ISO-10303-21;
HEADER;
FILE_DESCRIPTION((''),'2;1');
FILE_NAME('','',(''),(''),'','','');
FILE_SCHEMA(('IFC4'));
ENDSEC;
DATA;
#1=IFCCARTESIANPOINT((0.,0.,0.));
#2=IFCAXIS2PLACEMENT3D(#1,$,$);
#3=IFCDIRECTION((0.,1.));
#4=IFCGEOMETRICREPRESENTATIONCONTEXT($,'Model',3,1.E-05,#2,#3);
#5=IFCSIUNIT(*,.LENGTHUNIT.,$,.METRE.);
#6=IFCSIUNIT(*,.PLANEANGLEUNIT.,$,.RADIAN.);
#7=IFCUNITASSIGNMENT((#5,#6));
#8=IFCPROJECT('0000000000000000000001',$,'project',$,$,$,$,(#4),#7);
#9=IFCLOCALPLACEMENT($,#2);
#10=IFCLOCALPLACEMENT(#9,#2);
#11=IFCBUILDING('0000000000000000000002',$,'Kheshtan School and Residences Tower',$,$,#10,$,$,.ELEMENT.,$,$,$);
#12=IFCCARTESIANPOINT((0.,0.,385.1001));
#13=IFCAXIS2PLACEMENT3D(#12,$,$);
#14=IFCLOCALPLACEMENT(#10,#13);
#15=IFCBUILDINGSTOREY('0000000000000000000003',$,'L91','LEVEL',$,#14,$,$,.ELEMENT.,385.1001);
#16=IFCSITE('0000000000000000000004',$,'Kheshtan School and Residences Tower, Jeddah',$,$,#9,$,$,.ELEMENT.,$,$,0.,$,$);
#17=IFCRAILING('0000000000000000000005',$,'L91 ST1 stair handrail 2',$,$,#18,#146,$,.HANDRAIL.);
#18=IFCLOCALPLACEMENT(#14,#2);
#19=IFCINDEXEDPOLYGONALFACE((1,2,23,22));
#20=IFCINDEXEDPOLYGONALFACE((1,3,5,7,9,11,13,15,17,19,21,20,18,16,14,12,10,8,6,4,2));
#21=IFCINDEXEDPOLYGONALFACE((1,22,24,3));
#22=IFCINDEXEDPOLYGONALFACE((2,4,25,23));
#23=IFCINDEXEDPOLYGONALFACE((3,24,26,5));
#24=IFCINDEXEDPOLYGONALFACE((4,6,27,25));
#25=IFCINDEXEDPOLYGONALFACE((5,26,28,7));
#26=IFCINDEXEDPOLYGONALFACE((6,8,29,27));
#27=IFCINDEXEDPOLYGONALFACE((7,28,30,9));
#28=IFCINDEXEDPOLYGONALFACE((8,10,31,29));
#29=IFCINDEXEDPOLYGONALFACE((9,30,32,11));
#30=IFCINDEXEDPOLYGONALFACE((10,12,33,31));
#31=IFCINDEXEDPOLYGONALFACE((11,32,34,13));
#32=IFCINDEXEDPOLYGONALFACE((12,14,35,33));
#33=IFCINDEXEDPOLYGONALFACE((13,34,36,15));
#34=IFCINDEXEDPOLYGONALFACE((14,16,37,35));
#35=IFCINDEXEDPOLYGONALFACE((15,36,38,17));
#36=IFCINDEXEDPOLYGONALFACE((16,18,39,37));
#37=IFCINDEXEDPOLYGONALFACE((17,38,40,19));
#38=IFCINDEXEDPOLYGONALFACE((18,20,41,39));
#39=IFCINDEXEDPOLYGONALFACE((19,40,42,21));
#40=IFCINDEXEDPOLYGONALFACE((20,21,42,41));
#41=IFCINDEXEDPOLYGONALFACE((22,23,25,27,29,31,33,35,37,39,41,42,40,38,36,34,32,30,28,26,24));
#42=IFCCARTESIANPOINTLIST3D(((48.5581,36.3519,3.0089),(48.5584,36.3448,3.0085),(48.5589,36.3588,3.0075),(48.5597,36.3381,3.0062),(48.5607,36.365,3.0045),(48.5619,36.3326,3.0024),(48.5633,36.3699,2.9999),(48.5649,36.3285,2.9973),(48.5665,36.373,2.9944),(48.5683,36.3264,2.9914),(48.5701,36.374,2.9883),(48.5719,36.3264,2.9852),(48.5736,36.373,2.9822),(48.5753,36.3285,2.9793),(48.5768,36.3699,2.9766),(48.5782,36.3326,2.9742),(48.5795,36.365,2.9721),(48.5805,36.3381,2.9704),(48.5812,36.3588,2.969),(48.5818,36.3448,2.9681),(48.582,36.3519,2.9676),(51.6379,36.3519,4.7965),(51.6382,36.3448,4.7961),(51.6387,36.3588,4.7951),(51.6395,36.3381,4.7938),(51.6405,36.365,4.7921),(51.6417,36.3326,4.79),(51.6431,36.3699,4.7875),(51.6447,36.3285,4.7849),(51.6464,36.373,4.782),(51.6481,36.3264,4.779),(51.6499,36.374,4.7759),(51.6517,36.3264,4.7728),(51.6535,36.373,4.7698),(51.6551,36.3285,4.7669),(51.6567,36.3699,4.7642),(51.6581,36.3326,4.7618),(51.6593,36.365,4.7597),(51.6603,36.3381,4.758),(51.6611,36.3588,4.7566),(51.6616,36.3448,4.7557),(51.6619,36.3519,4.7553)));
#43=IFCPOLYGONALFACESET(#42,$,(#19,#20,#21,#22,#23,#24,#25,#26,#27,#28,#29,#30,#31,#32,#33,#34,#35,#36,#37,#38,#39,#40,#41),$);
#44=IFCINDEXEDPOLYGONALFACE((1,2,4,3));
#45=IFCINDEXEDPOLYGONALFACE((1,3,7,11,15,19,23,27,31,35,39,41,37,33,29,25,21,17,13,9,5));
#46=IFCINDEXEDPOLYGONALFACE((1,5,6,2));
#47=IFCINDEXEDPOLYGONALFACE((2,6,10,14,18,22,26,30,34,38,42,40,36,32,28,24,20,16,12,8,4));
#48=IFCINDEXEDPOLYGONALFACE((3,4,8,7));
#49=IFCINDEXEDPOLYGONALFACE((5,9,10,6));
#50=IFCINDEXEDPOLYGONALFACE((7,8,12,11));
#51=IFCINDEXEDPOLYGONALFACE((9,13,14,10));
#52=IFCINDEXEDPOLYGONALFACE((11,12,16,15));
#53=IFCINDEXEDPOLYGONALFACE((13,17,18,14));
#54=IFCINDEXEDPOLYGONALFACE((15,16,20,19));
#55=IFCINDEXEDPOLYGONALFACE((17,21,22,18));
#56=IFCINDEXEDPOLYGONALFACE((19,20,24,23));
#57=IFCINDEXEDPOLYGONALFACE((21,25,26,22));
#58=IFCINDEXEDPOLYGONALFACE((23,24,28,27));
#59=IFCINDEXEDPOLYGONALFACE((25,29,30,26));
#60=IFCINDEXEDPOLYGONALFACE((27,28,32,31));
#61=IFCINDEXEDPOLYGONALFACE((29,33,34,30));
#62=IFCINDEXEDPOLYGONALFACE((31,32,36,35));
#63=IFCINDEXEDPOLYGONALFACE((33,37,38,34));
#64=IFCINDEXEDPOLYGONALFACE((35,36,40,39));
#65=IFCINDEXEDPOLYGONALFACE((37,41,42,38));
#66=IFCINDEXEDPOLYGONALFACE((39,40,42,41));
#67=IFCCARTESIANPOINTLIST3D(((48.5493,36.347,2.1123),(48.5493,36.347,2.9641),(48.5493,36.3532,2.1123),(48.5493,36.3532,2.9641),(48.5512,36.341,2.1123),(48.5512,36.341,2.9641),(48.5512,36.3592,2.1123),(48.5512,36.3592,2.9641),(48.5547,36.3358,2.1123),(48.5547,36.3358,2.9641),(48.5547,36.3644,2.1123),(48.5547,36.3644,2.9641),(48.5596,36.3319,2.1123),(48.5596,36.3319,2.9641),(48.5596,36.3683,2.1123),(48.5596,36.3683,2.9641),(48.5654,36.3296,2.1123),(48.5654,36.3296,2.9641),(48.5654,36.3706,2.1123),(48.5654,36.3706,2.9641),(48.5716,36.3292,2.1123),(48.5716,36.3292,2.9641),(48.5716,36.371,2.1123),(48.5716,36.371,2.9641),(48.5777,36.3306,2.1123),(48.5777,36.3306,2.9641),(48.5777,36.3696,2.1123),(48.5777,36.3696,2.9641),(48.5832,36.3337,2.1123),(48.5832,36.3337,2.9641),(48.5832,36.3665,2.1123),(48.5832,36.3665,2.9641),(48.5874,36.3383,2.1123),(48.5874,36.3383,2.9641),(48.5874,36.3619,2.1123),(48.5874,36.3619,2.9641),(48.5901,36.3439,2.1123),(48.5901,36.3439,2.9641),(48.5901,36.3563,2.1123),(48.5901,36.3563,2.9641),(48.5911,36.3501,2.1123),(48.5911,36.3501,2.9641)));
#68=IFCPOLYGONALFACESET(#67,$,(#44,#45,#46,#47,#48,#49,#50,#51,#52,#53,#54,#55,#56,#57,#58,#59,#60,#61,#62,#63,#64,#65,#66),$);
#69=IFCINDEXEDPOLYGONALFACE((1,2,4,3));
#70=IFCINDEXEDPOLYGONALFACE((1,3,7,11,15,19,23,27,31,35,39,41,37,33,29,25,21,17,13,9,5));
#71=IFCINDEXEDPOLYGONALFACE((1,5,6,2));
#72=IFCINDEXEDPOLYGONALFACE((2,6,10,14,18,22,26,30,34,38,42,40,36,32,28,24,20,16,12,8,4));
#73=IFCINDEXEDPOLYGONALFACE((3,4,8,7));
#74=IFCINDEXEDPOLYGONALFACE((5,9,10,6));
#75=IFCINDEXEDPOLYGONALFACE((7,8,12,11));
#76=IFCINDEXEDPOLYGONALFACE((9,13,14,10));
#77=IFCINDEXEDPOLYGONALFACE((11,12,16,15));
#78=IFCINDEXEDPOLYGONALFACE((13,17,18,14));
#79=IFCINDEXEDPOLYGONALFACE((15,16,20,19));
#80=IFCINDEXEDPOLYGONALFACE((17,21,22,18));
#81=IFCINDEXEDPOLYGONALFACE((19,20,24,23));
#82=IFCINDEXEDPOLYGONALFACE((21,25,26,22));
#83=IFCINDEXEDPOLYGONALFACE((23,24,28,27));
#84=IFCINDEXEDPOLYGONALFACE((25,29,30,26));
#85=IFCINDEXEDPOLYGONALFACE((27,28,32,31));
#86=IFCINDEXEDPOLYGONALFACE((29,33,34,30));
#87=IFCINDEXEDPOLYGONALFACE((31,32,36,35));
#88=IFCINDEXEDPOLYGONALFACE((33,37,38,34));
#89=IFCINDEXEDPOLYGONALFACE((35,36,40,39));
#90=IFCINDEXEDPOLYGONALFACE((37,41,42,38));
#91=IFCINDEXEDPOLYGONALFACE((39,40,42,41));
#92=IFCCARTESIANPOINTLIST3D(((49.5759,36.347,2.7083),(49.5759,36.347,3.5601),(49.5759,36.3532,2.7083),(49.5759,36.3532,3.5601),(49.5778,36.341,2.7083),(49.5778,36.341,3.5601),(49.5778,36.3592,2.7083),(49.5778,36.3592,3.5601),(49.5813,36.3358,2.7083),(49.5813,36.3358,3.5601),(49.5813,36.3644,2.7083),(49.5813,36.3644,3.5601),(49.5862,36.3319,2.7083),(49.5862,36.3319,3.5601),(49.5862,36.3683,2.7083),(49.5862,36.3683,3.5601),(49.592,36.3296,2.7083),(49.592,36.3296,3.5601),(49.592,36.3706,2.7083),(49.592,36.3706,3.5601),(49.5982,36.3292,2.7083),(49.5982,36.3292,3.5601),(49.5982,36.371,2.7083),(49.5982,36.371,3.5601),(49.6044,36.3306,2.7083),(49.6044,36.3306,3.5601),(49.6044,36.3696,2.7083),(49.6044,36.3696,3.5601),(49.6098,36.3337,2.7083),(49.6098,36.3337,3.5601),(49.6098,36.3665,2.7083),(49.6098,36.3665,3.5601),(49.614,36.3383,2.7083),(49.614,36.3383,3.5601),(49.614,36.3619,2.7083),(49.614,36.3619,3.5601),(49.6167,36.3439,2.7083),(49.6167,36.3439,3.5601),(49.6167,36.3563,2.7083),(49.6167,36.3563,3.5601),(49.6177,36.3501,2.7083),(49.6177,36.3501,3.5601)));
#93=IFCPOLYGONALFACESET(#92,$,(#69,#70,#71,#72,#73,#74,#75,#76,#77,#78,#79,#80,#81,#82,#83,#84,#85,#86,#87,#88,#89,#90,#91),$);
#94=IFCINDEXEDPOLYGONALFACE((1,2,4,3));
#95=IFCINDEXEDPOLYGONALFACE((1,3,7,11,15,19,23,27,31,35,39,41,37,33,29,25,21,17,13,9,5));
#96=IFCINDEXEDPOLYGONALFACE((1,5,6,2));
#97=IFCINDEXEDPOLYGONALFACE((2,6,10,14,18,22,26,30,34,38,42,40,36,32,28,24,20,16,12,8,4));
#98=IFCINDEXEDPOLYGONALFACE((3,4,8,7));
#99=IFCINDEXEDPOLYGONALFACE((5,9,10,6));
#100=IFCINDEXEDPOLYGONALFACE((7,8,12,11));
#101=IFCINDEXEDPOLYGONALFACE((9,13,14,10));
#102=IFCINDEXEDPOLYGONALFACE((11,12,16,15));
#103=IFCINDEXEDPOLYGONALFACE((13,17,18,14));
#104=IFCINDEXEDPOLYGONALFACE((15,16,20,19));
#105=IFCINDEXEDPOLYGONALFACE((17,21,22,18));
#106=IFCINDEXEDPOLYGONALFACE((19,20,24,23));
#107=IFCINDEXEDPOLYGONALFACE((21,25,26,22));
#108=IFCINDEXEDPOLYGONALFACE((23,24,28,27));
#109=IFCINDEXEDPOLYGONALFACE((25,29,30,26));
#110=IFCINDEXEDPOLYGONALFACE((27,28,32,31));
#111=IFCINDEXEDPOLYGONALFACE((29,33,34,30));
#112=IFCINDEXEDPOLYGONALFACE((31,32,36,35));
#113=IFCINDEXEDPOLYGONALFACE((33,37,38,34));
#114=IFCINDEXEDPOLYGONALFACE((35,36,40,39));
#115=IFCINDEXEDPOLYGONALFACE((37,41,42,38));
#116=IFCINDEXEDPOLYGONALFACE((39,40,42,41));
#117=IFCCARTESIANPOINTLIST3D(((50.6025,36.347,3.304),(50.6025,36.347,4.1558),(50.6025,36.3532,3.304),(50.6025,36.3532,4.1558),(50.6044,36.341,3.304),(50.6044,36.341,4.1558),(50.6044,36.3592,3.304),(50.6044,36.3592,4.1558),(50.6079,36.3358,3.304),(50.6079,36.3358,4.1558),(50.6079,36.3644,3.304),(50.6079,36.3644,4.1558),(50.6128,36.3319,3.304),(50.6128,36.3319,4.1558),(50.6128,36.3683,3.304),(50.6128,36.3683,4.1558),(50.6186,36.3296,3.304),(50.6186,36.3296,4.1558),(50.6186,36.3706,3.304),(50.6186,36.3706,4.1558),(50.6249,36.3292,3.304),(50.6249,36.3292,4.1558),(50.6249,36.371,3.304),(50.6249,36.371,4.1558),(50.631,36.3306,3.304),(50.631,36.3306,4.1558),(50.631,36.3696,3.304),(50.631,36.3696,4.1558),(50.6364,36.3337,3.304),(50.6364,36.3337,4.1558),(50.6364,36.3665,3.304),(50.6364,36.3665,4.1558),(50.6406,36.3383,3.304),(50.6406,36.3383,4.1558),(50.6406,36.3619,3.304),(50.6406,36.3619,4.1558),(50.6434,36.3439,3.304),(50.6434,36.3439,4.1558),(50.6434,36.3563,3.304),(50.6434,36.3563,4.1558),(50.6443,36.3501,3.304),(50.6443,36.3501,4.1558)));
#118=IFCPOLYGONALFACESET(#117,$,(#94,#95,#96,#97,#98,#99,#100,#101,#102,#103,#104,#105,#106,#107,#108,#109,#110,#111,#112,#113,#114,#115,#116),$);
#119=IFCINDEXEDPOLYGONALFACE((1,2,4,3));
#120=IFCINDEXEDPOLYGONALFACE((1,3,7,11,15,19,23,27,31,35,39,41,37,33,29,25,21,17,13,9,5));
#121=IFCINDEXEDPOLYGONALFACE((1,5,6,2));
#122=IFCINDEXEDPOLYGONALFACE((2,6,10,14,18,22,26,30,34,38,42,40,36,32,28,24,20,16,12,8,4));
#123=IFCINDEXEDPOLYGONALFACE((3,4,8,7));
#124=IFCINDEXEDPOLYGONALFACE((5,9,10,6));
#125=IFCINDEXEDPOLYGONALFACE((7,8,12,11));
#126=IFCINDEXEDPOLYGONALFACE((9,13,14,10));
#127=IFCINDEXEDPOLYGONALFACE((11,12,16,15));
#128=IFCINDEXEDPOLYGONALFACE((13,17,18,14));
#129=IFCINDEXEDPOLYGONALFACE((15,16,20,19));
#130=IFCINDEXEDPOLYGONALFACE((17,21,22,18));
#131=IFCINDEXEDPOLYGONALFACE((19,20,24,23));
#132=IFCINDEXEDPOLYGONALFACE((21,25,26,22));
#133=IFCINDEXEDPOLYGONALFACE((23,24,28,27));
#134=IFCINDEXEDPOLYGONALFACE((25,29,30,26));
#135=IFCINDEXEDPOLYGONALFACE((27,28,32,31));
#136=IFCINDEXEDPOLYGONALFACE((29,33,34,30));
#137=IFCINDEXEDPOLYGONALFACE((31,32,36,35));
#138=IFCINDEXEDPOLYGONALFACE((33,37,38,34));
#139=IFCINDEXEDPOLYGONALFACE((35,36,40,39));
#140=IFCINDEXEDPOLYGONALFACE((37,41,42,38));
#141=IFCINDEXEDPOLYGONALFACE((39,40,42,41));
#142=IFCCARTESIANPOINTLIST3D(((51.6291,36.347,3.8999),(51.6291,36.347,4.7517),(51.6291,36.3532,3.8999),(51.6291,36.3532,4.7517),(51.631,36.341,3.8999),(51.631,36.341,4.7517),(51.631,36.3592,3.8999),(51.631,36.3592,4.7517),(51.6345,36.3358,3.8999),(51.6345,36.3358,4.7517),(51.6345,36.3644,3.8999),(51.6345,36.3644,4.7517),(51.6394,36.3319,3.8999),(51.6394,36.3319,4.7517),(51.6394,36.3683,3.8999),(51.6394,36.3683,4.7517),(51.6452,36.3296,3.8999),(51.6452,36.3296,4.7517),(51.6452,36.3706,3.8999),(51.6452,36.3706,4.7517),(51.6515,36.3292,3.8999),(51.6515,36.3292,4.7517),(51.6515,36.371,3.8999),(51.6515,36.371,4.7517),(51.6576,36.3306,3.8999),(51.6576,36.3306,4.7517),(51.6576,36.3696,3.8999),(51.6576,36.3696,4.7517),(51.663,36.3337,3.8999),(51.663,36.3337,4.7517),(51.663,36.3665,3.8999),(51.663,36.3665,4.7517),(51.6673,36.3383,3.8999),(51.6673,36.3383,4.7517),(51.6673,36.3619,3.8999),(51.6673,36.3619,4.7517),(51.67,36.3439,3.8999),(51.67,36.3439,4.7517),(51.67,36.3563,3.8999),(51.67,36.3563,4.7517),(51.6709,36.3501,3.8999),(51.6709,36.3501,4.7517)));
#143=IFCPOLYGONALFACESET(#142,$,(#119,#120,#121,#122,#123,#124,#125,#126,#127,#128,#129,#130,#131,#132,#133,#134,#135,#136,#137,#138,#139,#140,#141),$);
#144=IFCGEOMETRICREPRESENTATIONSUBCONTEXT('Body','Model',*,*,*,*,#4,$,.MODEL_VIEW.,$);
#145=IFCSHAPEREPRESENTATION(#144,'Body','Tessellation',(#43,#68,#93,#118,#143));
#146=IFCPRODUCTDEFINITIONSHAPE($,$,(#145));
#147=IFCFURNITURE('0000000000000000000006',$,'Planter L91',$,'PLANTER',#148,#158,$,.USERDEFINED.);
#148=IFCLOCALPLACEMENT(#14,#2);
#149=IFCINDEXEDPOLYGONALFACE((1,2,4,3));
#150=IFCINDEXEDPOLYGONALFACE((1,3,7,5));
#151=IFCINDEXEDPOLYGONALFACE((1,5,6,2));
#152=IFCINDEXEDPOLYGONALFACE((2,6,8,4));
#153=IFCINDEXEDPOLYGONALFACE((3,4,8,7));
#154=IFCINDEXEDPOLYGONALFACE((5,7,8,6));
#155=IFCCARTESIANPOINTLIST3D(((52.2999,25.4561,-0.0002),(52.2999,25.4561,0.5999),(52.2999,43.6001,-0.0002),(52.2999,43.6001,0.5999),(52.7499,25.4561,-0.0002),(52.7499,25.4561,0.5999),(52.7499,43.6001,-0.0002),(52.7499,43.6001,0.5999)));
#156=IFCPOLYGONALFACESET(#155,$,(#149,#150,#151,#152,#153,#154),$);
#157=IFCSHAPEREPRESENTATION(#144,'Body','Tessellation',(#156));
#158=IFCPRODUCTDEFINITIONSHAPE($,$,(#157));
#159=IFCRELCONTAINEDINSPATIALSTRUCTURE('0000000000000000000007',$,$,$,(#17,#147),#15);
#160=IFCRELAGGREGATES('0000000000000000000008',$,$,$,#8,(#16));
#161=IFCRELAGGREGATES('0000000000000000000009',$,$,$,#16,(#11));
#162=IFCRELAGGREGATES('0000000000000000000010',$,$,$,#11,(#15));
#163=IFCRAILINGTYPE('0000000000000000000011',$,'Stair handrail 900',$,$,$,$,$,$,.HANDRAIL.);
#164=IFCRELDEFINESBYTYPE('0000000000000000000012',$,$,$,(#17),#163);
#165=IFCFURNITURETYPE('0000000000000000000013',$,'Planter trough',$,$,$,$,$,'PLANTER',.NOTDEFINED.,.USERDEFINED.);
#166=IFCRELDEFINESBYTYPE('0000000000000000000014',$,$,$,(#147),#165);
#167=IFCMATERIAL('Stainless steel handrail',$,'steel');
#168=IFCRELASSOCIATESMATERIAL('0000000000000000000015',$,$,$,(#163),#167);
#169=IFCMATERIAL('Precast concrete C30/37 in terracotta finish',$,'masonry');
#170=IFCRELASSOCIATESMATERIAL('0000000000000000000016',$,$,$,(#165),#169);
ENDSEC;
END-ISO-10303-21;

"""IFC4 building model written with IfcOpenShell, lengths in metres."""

from ifc_helpers import new_model, si_unit, direction, frame, origin, origin_2d, place, context, subcontext, project, spatial, rectangle, circle, extrude, material, type_object, element, save


model = new_model("IFC4")

# Units and contexts
model_context = context("Model", 3, precision=1e-05, world=origin(), true_north=direction((0.0, 1.0)))
body_context = subcontext(model_context, "Body", "Model", "MODEL_VIEW")
ifc_project = project(units=[si_unit("LENGTHUNIT", "METRE"), si_unit("PLANEANGLEUNIT", "RADIAN")], contexts=[model_context])

# Site, building, storey
site_placement = place(None, origin())
site = spatial("IfcSite", under=ifc_project, at=site_placement, Name="Kheshtan School and Residences Tower, Jeddah", CompositionType="ELEMENT", RefElevation=0.0)
building_placement = place(site_placement, origin())
building = spatial("IfcBuilding", under=site, at=building_placement, Name="Kheshtan School and Residences Tower", CompositionType="ELEMENT")
storey_placement = place(building_placement, frame((0.0, 0.0, 385.1001)))
storey = spatial("IfcBuildingStorey", under=building, at=storey_placement, Name="L91", Description="LEVEL", CompositionType="ELEMENT", Elevation=385.1001)

# Railing
ifc_material_1 = material(Name="Stainless steel handrail", Category="steel")
railing_type = type_object("IfcRailingType", Name="Stair handrail 900", PredefinedType="HANDRAIL", material=ifc_material_1)
railing_placement = place(storey_placement, frame((48.5701, 36.3501, 2.1123)))
element("IfcRailing", 1, at=railing_placement, inside=storey, type_object=railing_type, Name="L91 ST1 stair handrail 2", PredefinedType="HANDRAIL", context=body_context, shape_type="SweptSolid", body=[
    extrude(circle(Radius=0.0239, at=origin_2d()), frame((0.0, 0.0, 0.876), z_axis=(0.864873, 0.0, 0.50199), x_axis=(0.0, 1.0, 0.0)), (0.0, 0.0, 1.0), 3.561),
    extrude(circle(Radius=0.021, at=origin_2d()), origin(), (0.0, 0.0, 1.0), 0.8518),
    extrude(circle(Radius=0.021, at=origin_2d()), frame((1.0266, 0.0, 0.5959)), (0.0, 0.0, 1.0), 0.8518),
    extrude(circle(Radius=0.021, at=origin_2d()), frame((2.0532, 0.0, 1.1917)), (0.0, 0.0, 1.0), 0.8518),
    extrude(circle(Radius=0.021, at=origin_2d()), frame((3.0798, 0.0, 1.7876)), (0.0, 0.0, 1.0), 0.8518),
])

# Furniture
ifc_material_2 = material(Name="Precast concrete C30/37 in terracotta finish", Category="masonry")
furniture_type = type_object("IfcFurnitureType", Name="Planter trough", ElementType="PLANTER", AssemblyPlace="NOTDEFINED", PredefinedType="USERDEFINED", material=ifc_material_2)
furniture_placement = place(storey_placement, frame((52.5249, 34.5281, -0.0002), z_axis=(0.0, 0.0, 1.0), x_axis=(0.0, -1.0, 0.0)))
element("IfcFurniture", 2, at=furniture_placement, inside=storey, type_object=furniture_type, Name="Planter L91", ObjectType="PLANTER", PredefinedType="USERDEFINED", context=body_context, shape_type="SweptSolid", body=[
    extrude(rectangle(XDim=18.144, YDim=0.45, at=origin_2d()), origin(), (0.0, 0.0, 1.0), 0.6001),
])

save(model, "model.ifc")
